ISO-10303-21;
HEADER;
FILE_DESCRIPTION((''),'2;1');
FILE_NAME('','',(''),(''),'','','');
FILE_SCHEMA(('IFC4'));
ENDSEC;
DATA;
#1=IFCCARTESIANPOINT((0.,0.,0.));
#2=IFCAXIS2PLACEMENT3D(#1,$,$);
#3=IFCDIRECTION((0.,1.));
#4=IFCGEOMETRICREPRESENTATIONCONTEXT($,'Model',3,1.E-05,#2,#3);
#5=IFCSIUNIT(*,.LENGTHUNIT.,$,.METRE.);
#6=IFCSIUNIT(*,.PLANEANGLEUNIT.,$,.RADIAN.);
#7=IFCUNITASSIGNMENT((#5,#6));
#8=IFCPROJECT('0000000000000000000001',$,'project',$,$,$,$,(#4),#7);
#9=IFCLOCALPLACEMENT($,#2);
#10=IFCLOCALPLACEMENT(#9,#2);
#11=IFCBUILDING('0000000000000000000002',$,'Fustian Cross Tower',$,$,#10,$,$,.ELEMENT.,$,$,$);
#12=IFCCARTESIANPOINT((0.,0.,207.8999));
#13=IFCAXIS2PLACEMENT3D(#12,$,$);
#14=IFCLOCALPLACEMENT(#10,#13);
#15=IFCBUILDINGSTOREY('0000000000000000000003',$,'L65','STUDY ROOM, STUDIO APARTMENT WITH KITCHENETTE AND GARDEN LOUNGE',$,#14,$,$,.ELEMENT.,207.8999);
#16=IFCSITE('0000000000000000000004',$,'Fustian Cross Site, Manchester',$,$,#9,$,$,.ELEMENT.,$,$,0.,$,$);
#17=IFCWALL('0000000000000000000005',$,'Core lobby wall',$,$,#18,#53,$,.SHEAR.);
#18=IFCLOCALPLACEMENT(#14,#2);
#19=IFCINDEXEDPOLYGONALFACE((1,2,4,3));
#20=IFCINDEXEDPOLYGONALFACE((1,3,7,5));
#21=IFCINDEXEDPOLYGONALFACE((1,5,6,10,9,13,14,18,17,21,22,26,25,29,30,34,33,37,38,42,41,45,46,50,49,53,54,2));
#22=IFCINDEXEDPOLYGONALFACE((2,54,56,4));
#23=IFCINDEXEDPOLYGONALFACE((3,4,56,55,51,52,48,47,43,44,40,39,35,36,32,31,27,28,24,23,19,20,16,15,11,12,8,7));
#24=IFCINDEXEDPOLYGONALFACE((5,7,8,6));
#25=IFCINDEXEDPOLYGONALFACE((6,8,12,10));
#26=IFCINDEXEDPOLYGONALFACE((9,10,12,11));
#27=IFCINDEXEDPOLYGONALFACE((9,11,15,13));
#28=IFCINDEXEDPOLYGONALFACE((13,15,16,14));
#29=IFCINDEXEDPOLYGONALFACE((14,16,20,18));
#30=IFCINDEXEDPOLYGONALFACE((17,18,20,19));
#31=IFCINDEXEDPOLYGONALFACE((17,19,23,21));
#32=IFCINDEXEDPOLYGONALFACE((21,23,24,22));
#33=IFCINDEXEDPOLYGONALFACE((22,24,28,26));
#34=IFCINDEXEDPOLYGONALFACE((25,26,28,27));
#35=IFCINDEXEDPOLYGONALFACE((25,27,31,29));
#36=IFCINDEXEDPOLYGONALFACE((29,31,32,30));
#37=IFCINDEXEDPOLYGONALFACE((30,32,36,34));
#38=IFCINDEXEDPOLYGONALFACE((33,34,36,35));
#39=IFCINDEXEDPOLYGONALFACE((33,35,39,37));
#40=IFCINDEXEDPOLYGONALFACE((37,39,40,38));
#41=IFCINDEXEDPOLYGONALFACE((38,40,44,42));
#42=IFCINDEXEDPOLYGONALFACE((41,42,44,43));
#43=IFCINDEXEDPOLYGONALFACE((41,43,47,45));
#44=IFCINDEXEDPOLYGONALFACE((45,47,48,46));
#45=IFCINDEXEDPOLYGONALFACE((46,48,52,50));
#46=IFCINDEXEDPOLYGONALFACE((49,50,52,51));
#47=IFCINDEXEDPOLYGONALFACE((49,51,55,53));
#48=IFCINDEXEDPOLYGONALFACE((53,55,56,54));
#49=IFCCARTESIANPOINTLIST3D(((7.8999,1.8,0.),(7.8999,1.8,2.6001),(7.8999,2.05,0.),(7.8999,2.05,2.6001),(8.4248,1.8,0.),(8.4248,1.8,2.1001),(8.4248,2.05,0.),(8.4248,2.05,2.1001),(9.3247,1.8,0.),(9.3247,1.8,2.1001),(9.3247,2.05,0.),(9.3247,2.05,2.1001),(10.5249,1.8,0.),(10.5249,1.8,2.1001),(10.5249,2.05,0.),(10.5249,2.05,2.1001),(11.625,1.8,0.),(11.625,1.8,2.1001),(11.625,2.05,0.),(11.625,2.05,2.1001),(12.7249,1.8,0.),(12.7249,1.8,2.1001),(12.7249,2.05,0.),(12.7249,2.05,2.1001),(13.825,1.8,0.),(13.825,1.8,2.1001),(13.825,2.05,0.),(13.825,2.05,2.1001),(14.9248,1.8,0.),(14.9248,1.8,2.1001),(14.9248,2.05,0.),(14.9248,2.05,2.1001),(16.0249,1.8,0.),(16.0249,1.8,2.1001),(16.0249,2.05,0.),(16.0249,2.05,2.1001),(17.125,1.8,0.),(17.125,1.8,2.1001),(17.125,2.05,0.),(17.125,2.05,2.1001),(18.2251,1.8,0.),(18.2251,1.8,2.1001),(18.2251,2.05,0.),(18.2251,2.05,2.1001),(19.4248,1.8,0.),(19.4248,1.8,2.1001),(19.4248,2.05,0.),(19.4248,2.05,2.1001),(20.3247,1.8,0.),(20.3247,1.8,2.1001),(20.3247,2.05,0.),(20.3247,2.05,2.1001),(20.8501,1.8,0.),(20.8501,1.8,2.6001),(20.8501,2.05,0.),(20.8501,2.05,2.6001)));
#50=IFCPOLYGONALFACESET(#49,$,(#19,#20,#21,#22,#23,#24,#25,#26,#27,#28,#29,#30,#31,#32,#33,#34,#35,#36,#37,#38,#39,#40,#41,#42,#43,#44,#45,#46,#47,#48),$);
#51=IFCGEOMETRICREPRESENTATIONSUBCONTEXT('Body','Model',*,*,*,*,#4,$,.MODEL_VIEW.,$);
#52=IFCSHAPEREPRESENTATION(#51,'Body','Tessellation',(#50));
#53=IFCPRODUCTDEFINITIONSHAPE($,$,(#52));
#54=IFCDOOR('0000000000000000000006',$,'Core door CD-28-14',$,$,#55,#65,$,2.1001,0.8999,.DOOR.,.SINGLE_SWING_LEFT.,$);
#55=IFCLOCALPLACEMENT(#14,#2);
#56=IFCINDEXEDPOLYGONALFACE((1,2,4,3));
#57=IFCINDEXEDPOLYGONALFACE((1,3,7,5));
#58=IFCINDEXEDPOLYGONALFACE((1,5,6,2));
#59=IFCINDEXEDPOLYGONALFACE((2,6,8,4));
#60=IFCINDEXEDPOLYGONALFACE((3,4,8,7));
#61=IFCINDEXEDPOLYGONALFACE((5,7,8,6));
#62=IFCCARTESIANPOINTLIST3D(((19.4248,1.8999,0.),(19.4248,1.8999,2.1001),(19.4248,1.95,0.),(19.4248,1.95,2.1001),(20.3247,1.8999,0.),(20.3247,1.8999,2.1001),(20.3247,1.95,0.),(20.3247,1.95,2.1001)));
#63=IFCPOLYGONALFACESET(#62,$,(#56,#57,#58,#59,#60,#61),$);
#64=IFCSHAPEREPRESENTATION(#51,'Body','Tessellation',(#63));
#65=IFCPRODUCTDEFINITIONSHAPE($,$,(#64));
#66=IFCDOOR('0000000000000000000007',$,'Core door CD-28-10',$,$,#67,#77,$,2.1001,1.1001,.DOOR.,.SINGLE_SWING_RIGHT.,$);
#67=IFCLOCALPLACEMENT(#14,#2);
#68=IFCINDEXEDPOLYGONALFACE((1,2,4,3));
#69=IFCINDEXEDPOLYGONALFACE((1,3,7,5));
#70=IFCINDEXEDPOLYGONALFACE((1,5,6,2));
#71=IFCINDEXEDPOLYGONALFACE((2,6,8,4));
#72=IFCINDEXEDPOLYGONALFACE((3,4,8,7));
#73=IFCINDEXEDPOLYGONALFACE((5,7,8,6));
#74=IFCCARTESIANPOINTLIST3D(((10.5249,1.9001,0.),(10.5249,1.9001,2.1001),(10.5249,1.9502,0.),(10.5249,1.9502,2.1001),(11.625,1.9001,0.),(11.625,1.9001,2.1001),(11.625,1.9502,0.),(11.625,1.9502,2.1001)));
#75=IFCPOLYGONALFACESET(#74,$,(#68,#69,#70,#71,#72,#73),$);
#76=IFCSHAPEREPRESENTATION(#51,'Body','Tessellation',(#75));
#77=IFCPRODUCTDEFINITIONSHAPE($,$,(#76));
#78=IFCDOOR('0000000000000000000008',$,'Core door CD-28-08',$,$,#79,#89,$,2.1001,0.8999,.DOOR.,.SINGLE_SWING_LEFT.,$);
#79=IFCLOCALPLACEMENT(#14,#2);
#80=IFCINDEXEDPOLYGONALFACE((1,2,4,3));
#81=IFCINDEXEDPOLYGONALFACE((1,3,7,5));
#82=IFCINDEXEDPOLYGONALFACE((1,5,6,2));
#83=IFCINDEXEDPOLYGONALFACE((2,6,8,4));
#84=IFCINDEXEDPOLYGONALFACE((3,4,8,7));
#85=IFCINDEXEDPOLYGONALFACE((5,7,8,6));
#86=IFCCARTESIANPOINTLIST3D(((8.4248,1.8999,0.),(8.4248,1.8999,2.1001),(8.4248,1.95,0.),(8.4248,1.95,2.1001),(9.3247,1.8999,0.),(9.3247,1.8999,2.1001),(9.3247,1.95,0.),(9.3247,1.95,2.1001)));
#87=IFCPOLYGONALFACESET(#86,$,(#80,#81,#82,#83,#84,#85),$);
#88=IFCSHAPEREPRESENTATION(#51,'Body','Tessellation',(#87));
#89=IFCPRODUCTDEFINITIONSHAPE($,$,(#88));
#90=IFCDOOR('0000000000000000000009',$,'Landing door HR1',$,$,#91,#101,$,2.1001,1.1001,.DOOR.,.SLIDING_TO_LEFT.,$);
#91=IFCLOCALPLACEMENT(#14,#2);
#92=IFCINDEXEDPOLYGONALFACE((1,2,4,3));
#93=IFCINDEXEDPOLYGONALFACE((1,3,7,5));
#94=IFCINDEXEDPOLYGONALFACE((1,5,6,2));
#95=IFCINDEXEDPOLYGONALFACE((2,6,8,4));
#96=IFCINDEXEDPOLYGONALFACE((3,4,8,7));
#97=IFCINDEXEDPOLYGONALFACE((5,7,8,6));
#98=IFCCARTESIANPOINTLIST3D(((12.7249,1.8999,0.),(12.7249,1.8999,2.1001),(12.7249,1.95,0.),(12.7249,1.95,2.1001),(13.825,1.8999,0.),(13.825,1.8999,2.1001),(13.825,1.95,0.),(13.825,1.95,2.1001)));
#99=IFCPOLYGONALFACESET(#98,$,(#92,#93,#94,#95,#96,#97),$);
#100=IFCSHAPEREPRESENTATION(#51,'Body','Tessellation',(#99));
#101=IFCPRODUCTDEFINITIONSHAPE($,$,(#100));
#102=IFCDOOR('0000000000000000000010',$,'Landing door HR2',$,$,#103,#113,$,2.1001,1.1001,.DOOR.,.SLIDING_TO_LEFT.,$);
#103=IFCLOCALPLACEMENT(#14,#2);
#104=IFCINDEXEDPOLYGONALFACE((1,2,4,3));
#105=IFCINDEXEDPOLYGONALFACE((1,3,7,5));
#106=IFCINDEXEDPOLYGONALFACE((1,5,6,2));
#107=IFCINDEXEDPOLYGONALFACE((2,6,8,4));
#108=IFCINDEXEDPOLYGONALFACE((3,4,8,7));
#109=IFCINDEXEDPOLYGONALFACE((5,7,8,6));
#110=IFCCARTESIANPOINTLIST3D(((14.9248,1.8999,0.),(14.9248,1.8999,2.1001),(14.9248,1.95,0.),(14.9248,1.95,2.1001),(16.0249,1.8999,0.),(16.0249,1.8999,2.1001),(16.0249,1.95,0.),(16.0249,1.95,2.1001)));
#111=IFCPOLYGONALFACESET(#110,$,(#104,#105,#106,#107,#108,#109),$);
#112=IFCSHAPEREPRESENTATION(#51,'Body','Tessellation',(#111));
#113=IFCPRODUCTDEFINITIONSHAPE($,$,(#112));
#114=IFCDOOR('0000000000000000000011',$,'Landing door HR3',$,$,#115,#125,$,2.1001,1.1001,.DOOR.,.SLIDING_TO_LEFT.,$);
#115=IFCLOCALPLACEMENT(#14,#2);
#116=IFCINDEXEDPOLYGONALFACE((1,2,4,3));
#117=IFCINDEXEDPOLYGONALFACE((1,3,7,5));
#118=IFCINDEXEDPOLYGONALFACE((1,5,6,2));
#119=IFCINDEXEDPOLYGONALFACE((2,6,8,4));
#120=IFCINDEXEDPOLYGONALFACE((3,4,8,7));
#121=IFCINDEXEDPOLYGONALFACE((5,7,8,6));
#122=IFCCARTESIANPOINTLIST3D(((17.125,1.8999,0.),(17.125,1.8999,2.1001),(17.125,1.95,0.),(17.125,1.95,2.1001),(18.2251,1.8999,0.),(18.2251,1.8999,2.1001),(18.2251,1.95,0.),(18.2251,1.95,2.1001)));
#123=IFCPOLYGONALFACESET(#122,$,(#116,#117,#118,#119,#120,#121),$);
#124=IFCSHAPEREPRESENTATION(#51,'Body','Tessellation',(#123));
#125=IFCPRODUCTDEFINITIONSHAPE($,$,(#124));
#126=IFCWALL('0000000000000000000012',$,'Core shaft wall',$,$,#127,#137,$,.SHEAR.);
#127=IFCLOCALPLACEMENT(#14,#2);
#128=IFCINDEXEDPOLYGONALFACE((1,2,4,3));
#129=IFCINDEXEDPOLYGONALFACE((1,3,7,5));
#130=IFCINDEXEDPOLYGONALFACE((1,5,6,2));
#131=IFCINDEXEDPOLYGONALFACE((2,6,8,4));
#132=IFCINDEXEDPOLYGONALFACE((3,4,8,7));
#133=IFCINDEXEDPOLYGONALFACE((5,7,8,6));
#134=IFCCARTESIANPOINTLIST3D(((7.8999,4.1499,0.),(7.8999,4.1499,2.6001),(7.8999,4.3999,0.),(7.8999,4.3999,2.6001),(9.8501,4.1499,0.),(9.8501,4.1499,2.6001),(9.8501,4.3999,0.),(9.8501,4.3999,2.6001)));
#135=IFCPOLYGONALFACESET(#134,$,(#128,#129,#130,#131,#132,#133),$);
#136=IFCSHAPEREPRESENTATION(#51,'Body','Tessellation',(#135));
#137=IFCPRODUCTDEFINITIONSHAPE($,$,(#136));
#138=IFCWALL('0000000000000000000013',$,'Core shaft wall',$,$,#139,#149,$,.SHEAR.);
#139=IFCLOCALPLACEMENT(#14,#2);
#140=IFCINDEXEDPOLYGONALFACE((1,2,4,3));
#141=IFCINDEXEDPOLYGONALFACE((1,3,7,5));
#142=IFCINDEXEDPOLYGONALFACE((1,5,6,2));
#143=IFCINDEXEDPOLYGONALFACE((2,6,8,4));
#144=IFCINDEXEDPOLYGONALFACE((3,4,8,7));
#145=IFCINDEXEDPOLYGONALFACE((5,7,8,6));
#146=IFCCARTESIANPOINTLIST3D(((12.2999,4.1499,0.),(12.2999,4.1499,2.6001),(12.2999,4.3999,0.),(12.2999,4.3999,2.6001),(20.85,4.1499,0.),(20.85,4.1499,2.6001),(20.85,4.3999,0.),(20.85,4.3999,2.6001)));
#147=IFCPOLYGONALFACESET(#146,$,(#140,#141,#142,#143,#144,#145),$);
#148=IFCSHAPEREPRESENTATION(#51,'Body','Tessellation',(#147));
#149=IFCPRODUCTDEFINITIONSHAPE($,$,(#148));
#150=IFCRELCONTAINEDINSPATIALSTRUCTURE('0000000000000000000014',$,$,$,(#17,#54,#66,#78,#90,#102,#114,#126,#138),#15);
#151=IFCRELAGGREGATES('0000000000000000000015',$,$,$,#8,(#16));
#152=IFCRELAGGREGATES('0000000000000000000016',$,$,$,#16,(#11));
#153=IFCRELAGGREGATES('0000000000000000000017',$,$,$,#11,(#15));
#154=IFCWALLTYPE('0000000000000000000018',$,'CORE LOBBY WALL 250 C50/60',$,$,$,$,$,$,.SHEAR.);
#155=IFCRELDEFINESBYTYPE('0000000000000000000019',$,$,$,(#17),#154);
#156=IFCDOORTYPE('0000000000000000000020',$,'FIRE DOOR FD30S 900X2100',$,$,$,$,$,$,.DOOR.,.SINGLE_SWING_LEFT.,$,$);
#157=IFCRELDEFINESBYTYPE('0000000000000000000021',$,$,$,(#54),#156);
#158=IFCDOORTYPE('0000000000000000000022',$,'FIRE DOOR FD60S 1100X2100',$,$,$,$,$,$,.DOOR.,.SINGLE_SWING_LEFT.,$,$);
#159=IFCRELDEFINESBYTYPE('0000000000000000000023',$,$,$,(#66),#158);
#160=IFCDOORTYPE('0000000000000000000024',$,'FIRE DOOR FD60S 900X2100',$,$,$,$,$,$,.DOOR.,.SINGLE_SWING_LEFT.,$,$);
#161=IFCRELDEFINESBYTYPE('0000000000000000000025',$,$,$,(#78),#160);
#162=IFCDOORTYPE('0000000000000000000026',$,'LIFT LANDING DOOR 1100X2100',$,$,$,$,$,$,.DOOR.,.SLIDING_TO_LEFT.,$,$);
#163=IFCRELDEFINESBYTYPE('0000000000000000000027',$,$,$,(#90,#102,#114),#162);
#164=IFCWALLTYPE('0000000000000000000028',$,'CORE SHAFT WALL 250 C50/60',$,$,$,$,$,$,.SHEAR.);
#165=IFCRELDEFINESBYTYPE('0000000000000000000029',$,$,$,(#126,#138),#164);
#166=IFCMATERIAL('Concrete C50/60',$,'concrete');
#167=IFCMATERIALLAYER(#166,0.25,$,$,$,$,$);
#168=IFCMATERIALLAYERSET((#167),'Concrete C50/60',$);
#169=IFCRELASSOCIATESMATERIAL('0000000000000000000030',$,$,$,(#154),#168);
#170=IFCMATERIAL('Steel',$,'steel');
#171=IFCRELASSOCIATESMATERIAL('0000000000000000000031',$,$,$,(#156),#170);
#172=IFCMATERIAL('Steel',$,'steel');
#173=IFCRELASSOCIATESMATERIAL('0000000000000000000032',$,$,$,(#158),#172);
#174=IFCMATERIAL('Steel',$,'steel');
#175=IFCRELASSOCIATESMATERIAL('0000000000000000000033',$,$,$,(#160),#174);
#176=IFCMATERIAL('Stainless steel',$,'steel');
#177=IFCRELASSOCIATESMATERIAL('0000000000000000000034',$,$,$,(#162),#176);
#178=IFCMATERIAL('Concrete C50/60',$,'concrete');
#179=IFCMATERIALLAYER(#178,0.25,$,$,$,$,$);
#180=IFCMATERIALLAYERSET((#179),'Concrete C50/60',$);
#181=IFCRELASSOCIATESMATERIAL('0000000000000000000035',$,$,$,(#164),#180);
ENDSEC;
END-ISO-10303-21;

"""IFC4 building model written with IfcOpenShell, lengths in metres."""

from ifc_helpers import new_model, si_unit, direction, frame, frame_2d, origin, place, context, subcontext, project, spatial, rectangle, extrude, material, layer, layer_set, type_object, element, fill, save


model = new_model("IFC4")

# Units and contexts
model_context = context("Model", 3, precision=1e-05, world=origin(), true_north=direction((0.0, 1.0)))
body_context = subcontext(model_context, "Body", "Model", "MODEL_VIEW")
ifc_project = project(units=[si_unit("LENGTHUNIT", "METRE"), si_unit("PLANEANGLEUNIT", "RADIAN")], contexts=[model_context])

# Site, building, storey
site_placement = place(None, origin())
site = spatial("IfcSite", under=ifc_project, at=site_placement, Name="Fustian Cross Site, Manchester", CompositionType="ELEMENT", RefElevation=0.0)
building_placement = place(site_placement, origin())
building = spatial("IfcBuilding", under=site, at=building_placement, Name="Fustian Cross Tower", CompositionType="ELEMENT")
storey_placement = place(building_placement, frame((0.0, 0.0, 207.8999)))
storey = spatial("IfcBuildingStorey", under=building, at=storey_placement, Name="L65", Description="STUDY ROOM, STUDIO APARTMENT WITH KITCHENETTE AND GARDEN LOUNGE", CompositionType="ELEMENT", Elevation=207.8999)

# Wall, openings, doors
ifc_material_1 = material(Name="Concrete C50/60", Category="concrete")
ifc_layer_1 = layer(ifc_material_1, 0.25)
ifc_layer_set_1 = layer_set([ifc_layer_1], Name="Concrete C50/60")
wall_type_1 = type_object("IfcWallType", Name="CORE LOBBY WALL 250 C50/60", PredefinedType="SHEAR", material=ifc_layer_set_1)
wall_1_placement = place(storey_placement, frame((7.8999, 1.925, 0.0), z_axis=(0.0, 0.0, 1.0), x_axis=(1.0, 0.0, 0.0)))
wall_1 = element("IfcWall", 1, at=wall_1_placement, inside=storey, type_object=wall_type_1, Name="Core lobby wall", PredefinedType="SHEAR", context=body_context, shape_type="SweptSolid", body=[
    extrude(rectangle(XDim=12.9502, YDim=0.25, at=frame_2d((6.4751, 0.0))), origin(), (0.0, 0.0, 1.0), 2.6001),
])
opening_1_placement = place(wall_1_placement, frame((4.825, 0.0, 0.0)))
opening_1 = element("IfcOpeningElement", 2, at=opening_1_placement, cuts=wall_1, PredefinedType="OPENING", context=body_context, shape_type="SweptSolid", body=[
    extrude(rectangle(XDim=1.1001, YDim=2.1001, at=frame_2d((0.55, 1.05))), frame((0.0, 0.135, 0.0), z_axis=(0.0, -1.0, 0.0), x_axis=(1.0, 0.0, 0.0)), (0.0, 0.0, 1.0), 0.27),
])
opening_2_placement = place(wall_1_placement, frame((7.0249, 0.0, 0.0)))
opening_2 = element("IfcOpeningElement", 3, at=opening_2_placement, cuts=wall_1, PredefinedType="OPENING", context=body_context, shape_type="SweptSolid", body=[
    extrude(rectangle(XDim=1.1001, YDim=2.1001, at=frame_2d((0.55, 1.05))), frame((0.0, 0.135, 0.0), z_axis=(0.0, -1.0, 0.0), x_axis=(1.0, 0.0, 0.0)), (0.0, 0.0, 1.0), 0.27),
])
opening_3_placement = place(wall_1_placement, frame((9.2251, 0.0, 0.0)))
opening_3 = element("IfcOpeningElement", 4, at=opening_3_placement, cuts=wall_1, PredefinedType="OPENING", context=body_context, shape_type="SweptSolid", body=[
    extrude(rectangle(XDim=1.1001, YDim=2.1001, at=frame_2d((0.55, 1.05))), frame((0.0, 0.135, 0.0), z_axis=(0.0, -1.0, 0.0), x_axis=(1.0, 0.0, 0.0)), (0.0, 0.0, 1.0), 0.27),
])
opening_4_placement = place(wall_1_placement, frame((0.5249, 0.0, 0.0)))
opening_4 = element("IfcOpeningElement", 5, at=opening_4_placement, cuts=wall_1, PredefinedType="OPENING", context=body_context, shape_type="SweptSolid", body=[
    extrude(rectangle(XDim=0.8999, YDim=2.1001, at=frame_2d((0.45, 1.05))), frame((0.0, 0.135, 0.0), z_axis=(0.0, -1.0, 0.0), x_axis=(1.0, 0.0, 0.0)), (0.0, 0.0, 1.0), 0.27),
])
opening_5_placement = place(wall_1_placement, frame((2.625, 0.0, 0.0)))
opening_5 = element("IfcOpeningElement", 6, at=opening_5_placement, cuts=wall_1, PredefinedType="OPENING", context=body_context, shape_type="SweptSolid", body=[
    extrude(rectangle(XDim=1.1001, YDim=2.1001, at=frame_2d((0.55, 1.05))), frame((0.0, 0.135, 0.0), z_axis=(0.0, -1.0, 0.0), x_axis=(1.0, 0.0, 0.0)), (0.0, 0.0, 1.0), 0.27),
])
opening_6_placement = place(wall_1_placement, frame((11.5249, 0.0, 0.0)))
opening_6 = element("IfcOpeningElement", 7, at=opening_6_placement, cuts=wall_1, PredefinedType="OPENING", context=body_context, shape_type="SweptSolid", body=[
    extrude(rectangle(XDim=0.8999, YDim=2.1001, at=frame_2d((0.45, 1.05))), frame((0.0, 0.135, 0.0), z_axis=(0.0, -1.0, 0.0), x_axis=(1.0, 0.0, 0.0)), (0.0, 0.0, 1.0), 0.27),
])
ifc_material_2 = material(Name="Steel", Category="steel")
door_type_1 = type_object("IfcDoorType", Name="FIRE DOOR FD30S 900X2100", OperationType="SINGLE_SWING_LEFT", PredefinedType="DOOR", material=ifc_material_2)
door_1_placement = place(opening_6_placement, origin())
door_1 = element("IfcDoor", 8, at=door_1_placement, inside=storey, type_object=door_type_1, Name="Core door CD-28-14", OperationType="SINGLE_SWING_LEFT", OverallHeight=2.1001, OverallWidth=0.8999, PredefinedType="DOOR", context=body_context, shape_type="SweptSolid", body=[
    extrude(rectangle(XDim=0.8999, YDim=2.1001, at=frame_2d((0.45, 1.05))), frame((0.0, 0.0249, 0.0), z_axis=(0.0, -1.0, 0.0), x_axis=(1.0, 0.0, 0.0)), (0.0, 0.0, 1.0), 0.05),
])
fill(opening_6, door_1)
ifc_material_3 = material(Name="Steel", Category="steel")
door_type_2 = type_object("IfcDoorType", Name="FIRE DOOR FD60S 1100X2100", OperationType="SINGLE_SWING_LEFT", PredefinedType="DOOR", material=ifc_material_3)
door_2_placement = place(opening_5_placement, frame((1.1001, 0.0, 0.0), z_axis=(0.0, 0.0, 1.0), x_axis=(-1.0, 0.0, 0.0)))
door_2 = element("IfcDoor", 9, at=door_2_placement, inside=storey, type_object=door_type_2, Name="Core door CD-28-10", OperationType="SINGLE_SWING_RIGHT", OverallHeight=2.1001, OverallWidth=1.1001, PredefinedType="DOOR", context=body_context, shape_type="SweptSolid", body=[
    extrude(rectangle(XDim=1.1001, YDim=2.1001, at=frame_2d((0.55, 1.05))), frame((0.0, 0.0249, 0.0), z_axis=(0.0, -1.0, 0.0), x_axis=(1.0, 0.0, 0.0)), (0.0, 0.0, 1.0), 0.05),
])
fill(opening_5, door_2)
ifc_material_4 = material(Name="Steel", Category="steel")
door_type_3 = type_object("IfcDoorType", Name="FIRE DOOR FD60S 900X2100", OperationType="SINGLE_SWING_LEFT", PredefinedType="DOOR", material=ifc_material_4)
door_3_placement = place(opening_4_placement, origin())
door_3 = element("IfcDoor", 10, at=door_3_placement, inside=storey, type_object=door_type_3, Name="Core door CD-28-08", OperationType="SINGLE_SWING_LEFT", OverallHeight=2.1001, OverallWidth=0.8999, PredefinedType="DOOR", context=body_context, shape_type="SweptSolid", body=[
    extrude(rectangle(XDim=0.8999, YDim=2.1001, at=frame_2d((0.45, 1.05))), frame((0.0, 0.0249, 0.0), z_axis=(0.0, -1.0, 0.0), x_axis=(1.0, 0.0, 0.0)), (0.0, 0.0, 1.0), 0.05),
])
fill(opening_4, door_3)
ifc_material_5 = material(Name="Stainless steel", Category="steel")
door_type_4 = type_object("IfcDoorType", Name="LIFT LANDING DOOR 1100X2100", OperationType="SLIDING_TO_LEFT", PredefinedType="DOOR", material=ifc_material_5)
door_4_placement = place(opening_1_placement, origin())
door_4 = element("IfcDoor", 11, at=door_4_placement, inside=storey, type_object=door_type_4, Name="Landing door HR1", OperationType="SLIDING_TO_LEFT", OverallHeight=2.1001, OverallWidth=1.1001, PredefinedType="DOOR", context=body_context, shape_type="SweptSolid", body=[
    extrude(rectangle(XDim=1.1001, YDim=2.1001, at=frame_2d((0.55, 1.05))), frame((0.0, 0.0249, 0.0), z_axis=(0.0, -1.0, 0.0), x_axis=(1.0, 0.0, 0.0)), (0.0, 0.0, 1.0), 0.05),
])
fill(opening_1, door_4)
door_5_placement = place(opening_2_placement, origin())
door_5 = element("IfcDoor", 12, at=door_5_placement, inside=storey, type_object=door_type_4, Name="Landing door HR2", OperationType="SLIDING_TO_LEFT", OverallHeight=2.1001, OverallWidth=1.1001, PredefinedType="DOOR", context=body_context, shape_type="SweptSolid", body=[
    extrude(rectangle(XDim=1.1001, YDim=2.1001, at=frame_2d((0.55, 1.05))), frame((0.0, 0.0249, 0.0), z_axis=(0.0, -1.0, 0.0), x_axis=(1.0, 0.0, 0.0)), (0.0, 0.0, 1.0), 0.05),
])
fill(opening_2, door_5)
door_6_placement = place(opening_3_placement, origin())
door_6 = element("IfcDoor", 13, at=door_6_placement, inside=storey, type_object=door_type_4, Name="Landing door HR3", OperationType="SLIDING_TO_LEFT", OverallHeight=2.1001, OverallWidth=1.1001, PredefinedType="DOOR", context=body_context, shape_type="SweptSolid", body=[
    extrude(rectangle(XDim=1.1001, YDim=2.1001, at=frame_2d((0.55, 1.05))), frame((0.0, 0.0249, 0.0), z_axis=(0.0, -1.0, 0.0), x_axis=(1.0, 0.0, 0.0)), (0.0, 0.0, 1.0), 0.05),
])
fill(opening_3, door_6)

# Walls
ifc_material_6 = material(Name="Concrete C50/60", Category="concrete")
ifc_layer_2 = layer(ifc_material_6, 0.25)
ifc_layer_set_2 = layer_set([ifc_layer_2], Name="Concrete C50/60")
wall_type_2 = type_object("IfcWallType", Name="CORE SHAFT WALL 250 C50/60", PredefinedType="SHEAR", material=ifc_layer_set_2)
wall_2_placement = place(storey_placement, frame((7.8999, 4.2749, 0.0), z_axis=(0.0, 0.0, 1.0), x_axis=(1.0, 0.0, 0.0)))
element("IfcWall", 14, at=wall_2_placement, inside=storey, type_object=wall_type_2, Name="Core shaft wall", PredefinedType="SHEAR", context=body_context, shape_type="SweptSolid", body=[
    extrude(rectangle(XDim=1.9502, YDim=0.25, at=frame_2d((0.9751, 0.0))), origin(), (0.0, 0.0, 1.0), 2.6001),
])
wall_3_placement = place(storey_placement, frame((12.3, 4.2749, 0.0), z_axis=(0.0, 0.0, 1.0), x_axis=(1.0, 0.0, 0.0)))
element("IfcWall", 15, at=wall_3_placement, inside=storey, type_object=wall_type_2, Name="Core shaft wall", PredefinedType="SHEAR", context=body_context, shape_type="SweptSolid", body=[
    extrude(rectangle(XDim=8.55, YDim=0.25, at=frame_2d((4.2749, 0.0))), origin(), (0.0, 0.0, 1.0), 2.6001),
])

save(model, "model.ifc")
